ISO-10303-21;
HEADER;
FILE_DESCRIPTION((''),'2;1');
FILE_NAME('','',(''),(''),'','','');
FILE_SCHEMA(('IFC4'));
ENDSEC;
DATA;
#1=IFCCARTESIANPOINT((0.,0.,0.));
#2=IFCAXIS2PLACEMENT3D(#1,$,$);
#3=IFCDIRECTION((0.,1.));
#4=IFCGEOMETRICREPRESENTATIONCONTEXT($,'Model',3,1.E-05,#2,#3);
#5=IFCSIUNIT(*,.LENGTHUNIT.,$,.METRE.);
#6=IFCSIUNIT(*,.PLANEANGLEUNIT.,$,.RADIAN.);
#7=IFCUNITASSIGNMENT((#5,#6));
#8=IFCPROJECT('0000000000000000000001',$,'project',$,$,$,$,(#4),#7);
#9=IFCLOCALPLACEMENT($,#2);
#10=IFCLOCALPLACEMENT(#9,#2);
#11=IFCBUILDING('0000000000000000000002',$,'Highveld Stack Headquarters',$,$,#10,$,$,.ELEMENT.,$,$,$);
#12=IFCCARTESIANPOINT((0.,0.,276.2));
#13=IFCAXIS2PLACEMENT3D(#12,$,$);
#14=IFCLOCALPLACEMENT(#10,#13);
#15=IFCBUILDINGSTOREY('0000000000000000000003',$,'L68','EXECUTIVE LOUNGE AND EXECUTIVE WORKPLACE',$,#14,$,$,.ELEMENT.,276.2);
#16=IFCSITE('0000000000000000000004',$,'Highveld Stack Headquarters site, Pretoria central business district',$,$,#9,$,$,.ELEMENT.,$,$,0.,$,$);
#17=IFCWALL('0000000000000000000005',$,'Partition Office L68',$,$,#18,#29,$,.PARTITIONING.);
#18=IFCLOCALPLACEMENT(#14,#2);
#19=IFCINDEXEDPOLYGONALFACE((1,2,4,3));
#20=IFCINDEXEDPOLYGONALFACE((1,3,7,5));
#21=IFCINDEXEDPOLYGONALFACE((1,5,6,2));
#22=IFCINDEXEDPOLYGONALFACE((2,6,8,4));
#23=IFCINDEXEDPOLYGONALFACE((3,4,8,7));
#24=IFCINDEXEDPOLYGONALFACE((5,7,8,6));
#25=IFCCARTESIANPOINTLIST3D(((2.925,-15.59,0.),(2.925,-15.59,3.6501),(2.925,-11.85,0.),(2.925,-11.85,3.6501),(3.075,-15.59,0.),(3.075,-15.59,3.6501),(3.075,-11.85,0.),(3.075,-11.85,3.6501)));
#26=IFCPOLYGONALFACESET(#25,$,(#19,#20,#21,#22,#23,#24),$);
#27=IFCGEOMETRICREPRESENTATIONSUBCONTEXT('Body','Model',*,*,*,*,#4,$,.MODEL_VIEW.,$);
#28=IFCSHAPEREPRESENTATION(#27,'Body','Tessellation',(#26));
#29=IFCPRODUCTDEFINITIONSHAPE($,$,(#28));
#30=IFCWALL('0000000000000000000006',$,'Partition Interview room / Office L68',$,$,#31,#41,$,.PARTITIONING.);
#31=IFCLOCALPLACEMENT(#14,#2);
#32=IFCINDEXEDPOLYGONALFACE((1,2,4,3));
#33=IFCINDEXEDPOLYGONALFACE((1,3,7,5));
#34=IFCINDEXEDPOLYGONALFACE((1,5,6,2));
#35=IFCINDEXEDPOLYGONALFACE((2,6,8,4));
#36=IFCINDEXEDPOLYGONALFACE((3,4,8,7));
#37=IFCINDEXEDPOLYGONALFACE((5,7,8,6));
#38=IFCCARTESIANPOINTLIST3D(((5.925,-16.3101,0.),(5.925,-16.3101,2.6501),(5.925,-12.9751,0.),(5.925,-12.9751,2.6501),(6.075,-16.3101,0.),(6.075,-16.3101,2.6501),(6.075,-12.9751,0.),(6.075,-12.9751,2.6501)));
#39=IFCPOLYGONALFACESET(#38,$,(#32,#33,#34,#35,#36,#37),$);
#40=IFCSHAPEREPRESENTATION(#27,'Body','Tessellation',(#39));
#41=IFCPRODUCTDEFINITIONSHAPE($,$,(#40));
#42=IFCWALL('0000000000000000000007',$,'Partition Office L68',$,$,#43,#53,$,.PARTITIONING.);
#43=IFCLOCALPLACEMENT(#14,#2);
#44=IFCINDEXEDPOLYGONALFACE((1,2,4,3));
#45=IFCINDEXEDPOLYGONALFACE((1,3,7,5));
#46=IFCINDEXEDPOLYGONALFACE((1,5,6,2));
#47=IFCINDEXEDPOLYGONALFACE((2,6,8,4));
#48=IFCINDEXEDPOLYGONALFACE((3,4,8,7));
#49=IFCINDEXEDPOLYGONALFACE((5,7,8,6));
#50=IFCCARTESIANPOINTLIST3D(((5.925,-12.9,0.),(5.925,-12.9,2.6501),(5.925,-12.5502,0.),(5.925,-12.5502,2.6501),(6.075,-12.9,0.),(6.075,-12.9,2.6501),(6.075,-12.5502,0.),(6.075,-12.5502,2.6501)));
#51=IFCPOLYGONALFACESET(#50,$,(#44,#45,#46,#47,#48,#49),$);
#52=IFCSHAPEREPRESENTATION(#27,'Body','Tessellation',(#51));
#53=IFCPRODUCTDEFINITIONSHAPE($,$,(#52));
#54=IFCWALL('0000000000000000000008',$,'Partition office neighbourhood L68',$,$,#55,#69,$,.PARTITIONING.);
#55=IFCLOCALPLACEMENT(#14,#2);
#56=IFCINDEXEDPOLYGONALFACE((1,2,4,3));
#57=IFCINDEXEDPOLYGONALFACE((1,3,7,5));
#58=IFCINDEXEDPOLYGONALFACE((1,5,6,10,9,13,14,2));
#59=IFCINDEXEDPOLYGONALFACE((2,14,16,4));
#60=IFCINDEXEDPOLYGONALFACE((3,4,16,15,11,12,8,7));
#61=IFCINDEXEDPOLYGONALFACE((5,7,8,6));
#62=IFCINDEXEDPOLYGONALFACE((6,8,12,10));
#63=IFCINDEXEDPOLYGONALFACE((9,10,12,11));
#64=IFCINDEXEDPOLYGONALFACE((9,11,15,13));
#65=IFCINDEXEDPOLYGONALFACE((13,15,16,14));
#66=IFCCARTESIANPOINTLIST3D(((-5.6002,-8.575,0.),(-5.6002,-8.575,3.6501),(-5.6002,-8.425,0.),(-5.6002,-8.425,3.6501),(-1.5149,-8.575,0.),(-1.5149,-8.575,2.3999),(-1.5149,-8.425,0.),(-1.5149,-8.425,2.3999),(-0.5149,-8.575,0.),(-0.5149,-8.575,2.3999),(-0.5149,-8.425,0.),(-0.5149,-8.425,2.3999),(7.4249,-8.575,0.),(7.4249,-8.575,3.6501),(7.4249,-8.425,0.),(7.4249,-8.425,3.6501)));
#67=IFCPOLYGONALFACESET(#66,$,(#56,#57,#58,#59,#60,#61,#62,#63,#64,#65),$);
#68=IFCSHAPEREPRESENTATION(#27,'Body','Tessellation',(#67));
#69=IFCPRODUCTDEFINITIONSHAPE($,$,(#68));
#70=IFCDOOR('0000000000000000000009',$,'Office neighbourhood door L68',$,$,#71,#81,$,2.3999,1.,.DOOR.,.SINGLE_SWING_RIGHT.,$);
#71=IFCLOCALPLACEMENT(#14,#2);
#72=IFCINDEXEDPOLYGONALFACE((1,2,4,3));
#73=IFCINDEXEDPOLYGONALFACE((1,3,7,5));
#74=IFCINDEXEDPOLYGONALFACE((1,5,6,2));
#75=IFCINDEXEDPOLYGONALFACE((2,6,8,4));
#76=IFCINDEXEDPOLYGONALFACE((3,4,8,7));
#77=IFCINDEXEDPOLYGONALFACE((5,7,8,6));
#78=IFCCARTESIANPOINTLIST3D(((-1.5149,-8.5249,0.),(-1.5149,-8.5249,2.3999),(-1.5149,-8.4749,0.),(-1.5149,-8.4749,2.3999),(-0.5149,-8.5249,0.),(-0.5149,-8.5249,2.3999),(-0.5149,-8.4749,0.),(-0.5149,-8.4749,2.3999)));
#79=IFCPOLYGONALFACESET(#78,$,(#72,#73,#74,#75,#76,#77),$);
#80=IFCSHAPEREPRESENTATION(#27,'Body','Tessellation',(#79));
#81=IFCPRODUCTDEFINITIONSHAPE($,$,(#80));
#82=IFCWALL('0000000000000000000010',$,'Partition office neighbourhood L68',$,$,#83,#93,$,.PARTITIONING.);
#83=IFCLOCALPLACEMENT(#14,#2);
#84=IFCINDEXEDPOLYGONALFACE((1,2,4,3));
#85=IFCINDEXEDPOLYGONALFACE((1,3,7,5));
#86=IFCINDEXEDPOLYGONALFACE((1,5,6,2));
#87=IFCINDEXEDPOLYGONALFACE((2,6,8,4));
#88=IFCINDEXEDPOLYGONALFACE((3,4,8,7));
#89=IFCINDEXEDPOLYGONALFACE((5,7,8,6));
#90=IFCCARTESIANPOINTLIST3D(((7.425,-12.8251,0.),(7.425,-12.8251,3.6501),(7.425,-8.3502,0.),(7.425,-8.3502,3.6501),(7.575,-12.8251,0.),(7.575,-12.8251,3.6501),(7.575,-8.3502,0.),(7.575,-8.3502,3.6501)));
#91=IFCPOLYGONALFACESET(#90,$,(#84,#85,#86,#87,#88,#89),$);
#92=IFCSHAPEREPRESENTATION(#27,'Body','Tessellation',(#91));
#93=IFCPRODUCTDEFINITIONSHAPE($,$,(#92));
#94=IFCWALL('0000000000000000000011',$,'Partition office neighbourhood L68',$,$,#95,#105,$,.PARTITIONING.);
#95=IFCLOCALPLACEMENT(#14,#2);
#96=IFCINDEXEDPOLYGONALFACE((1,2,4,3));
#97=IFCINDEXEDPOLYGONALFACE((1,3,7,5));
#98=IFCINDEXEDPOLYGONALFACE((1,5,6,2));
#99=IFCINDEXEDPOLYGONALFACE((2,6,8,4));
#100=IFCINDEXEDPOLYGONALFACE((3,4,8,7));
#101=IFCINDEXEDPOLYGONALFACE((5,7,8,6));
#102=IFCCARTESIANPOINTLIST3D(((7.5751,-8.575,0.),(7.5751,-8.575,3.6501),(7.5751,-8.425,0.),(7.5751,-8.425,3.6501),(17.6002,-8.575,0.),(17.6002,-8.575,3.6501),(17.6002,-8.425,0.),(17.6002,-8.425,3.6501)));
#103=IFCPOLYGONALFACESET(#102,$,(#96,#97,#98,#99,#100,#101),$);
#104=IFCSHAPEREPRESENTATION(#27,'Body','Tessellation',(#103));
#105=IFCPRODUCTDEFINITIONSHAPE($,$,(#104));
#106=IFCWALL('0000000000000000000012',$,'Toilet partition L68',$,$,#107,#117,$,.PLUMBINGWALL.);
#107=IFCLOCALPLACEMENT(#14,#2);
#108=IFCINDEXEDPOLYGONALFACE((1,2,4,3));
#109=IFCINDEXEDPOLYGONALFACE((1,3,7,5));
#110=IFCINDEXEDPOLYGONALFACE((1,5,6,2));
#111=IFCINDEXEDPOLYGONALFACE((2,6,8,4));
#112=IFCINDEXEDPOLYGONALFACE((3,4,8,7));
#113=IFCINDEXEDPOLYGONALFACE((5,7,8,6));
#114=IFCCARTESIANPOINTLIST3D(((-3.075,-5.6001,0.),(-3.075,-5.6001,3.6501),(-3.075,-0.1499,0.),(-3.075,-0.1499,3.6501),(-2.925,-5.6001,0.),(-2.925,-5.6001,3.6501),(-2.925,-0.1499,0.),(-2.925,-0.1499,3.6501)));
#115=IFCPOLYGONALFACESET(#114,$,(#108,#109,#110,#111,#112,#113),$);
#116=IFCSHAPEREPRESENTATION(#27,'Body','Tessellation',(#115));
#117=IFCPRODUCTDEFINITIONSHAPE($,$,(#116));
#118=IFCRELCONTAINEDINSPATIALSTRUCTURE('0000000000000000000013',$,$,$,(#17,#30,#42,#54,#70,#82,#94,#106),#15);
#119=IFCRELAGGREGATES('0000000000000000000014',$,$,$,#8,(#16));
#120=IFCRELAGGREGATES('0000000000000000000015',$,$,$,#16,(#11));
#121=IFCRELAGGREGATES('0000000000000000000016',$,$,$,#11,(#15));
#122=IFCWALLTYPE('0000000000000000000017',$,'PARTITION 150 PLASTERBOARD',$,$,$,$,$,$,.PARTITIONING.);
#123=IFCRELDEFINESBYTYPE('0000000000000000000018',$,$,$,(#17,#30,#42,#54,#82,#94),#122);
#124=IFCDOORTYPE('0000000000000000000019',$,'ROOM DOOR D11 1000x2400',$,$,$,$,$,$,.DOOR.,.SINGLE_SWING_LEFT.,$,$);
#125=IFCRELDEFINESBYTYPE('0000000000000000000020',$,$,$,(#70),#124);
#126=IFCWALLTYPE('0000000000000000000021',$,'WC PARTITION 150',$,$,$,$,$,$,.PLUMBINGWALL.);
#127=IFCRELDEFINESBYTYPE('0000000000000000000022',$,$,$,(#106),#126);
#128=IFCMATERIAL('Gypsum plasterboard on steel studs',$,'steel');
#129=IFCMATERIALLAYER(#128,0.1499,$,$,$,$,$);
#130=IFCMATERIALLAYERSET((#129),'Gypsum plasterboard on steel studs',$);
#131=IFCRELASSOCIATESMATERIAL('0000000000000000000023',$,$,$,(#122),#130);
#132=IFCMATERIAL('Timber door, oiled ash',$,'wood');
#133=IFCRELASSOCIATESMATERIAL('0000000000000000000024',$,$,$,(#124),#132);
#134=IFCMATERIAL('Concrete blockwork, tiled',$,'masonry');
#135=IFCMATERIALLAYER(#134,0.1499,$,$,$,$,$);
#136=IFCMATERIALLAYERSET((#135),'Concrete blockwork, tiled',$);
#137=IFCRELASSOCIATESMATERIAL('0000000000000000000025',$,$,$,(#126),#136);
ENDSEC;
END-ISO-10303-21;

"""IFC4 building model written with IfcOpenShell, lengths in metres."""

from ifc_helpers import new_model, si_unit, direction, frame, frame_2d, origin, place, context, subcontext, project, spatial, rectangle, extrude, material, layer, layer_set, type_object, element, fill, save


model = new_model("IFC4")

# Units and contexts
model_context = context("Model", 3, precision=1e-05, world=origin(), true_north=direction((0.0, 1.0)))
body_context = subcontext(model_context, "Body", "Model", "MODEL_VIEW")
ifc_project = project(units=[si_unit("LENGTHUNIT", "METRE"), si_unit("PLANEANGLEUNIT", "RADIAN")], contexts=[model_context])

# Site, building, storey
site_placement = place(None, origin())
site = spatial("IfcSite", under=ifc_project, at=site_placement, Name="Highveld Stack Headquarters site, Pretoria central business district", CompositionType="ELEMENT", RefElevation=0.0)
building_placement = place(site_placement, origin())
building = spatial("IfcBuilding", under=site, at=building_placement, Name="Highveld Stack Headquarters", CompositionType="ELEMENT")
storey_placement = place(building_placement, frame((0.0, 0.0, 276.2)))
storey = spatial("IfcBuildingStorey", under=building, at=storey_placement, Name="L68", Description="EXECUTIVE LOUNGE AND EXECUTIVE WORKPLACE", CompositionType="ELEMENT", Elevation=276.2)

# Shared definitions
ifc_material_1 = material(Name="Gypsum plasterboard on steel studs", Category="steel")
ifc_layer_1 = layer(ifc_material_1, 0.1499)
ifc_layer_set_1 = layer_set([ifc_layer_1], Name="Gypsum plasterboard on steel studs")
wall_type_1 = type_object("IfcWallType", Name="PARTITION 150 PLASTERBOARD", PredefinedType="PARTITIONING", material=ifc_layer_set_1)

# Shared definitions
ifc_material_2 = material(Name="Timber door, oiled ash", Category="wood")
door_type = type_object("IfcDoorType", Name="ROOM DOOR D11 1000x2400", OperationType="SINGLE_SWING_LEFT", PredefinedType="DOOR", material=ifc_material_2)

# Walls
wall_1_placement = place(storey_placement, frame((3.0, -15.5901, 0.0), z_axis=(0.0, 0.0, 1.0), x_axis=(0.0, 1.0, 0.0)))
element("IfcWall", 1, at=wall_1_placement, inside=storey, type_object=wall_type_1, Name="Partition Office L68", PredefinedType="PARTITIONING", context=body_context, shape_type="SweptSolid", body=[
    extrude(rectangle(XDim=3.74, YDim=0.1499, at=frame_2d((1.8701, 0.0))), origin(), (0.0, 0.0, 1.0), 3.6501),
])
wall_2_placement = place(storey_placement, frame((6.0, -16.3101, 0.0), z_axis=(0.0, 0.0, 1.0), x_axis=(0.0, 1.0, 0.0)))
element("IfcWall", 2, at=wall_2_placement, inside=storey, type_object=wall_type_1, Name="Partition Interview room / Office L68", PredefinedType="PARTITIONING", context=body_context, shape_type="SweptSolid", body=[
    extrude(rectangle(XDim=3.335, YDim=0.1499, at=frame_2d((1.6675, 0.0))), origin(), (0.0, 0.0, 1.0), 2.6501),
])
wall_3_placement = place(storey_placement, frame((6.0, -12.8999, 0.0), z_axis=(0.0, 0.0, 1.0), x_axis=(0.0, 1.0, 0.0)))
element("IfcWall", 3, at=wall_3_placement, inside=storey, type_object=wall_type_1, Name="Partition Office L68", PredefinedType="PARTITIONING", context=body_context, shape_type="SweptSolid", body=[
    extrude(rectangle(XDim=0.3499, YDim=0.1499, at=frame_2d((0.1748, 0.0))), origin(), (0.0, 0.0, 1.0), 2.6501),
])

# Wall, opening, door
wall_4_placement = place(storey_placement, frame((7.425, -8.5, 0.0), z_axis=(0.0, 0.0, 1.0), x_axis=(-1.0, 0.0, 0.0)))
wall_4 = element("IfcWall", 4, at=wall_4_placement, inside=storey, type_object=wall_type_1, Name="Partition office neighbourhood L68", PredefinedType="PARTITIONING", context=body_context, shape_type="SweptSolid", body=[
    extrude(rectangle(XDim=13.0251, YDim=0.1499, at=frame_2d((6.5127, 0.0))), origin(), (0.0, 0.0, 1.0), 3.6501),
])
opening_1_placement = place(wall_4_placement, frame((7.9399, 0.0, 0.0)))
opening_1 = element("IfcOpeningElement", 5, at=opening_1_placement, cuts=wall_4, PredefinedType="OPENING", context=body_context, shape_type="SweptSolid", body=[
    extrude(rectangle(XDim=1.0, YDim=2.3999, at=frame_2d((0.5, 1.2))), frame((0.0, 0.085, 0.0), z_axis=(0.0, -1.0, 0.0), x_axis=(1.0, 0.0, 0.0)), (0.0, 0.0, 1.0), 0.1699),
])
door_1_placement = place(opening_1_placement, origin())
door_1 = element("IfcDoor", 6, at=door_1_placement, inside=storey, type_object=door_type, Name="Office neighbourhood door L68", OperationType="SINGLE_SWING_RIGHT", OverallHeight=2.3999, OverallWidth=1.0, PredefinedType="DOOR", context=body_context, shape_type="SweptSolid", body=[
    extrude(rectangle(XDim=1.0, YDim=2.3999, at=frame_2d((0.5, 1.2))), frame((0.0, 0.0249, 0.0), z_axis=(0.0, -1.0, 0.0), x_axis=(1.0, 0.0, 0.0)), (0.0, 0.0, 1.0), 0.05),
])
fill(opening_1, door_1)

# Walls
wall_5_placement = place(storey_placement, frame((7.5, -12.825, 0.0), z_axis=(0.0, 0.0, 1.0), x_axis=(0.0, 1.0, 0.0)))
element("IfcWall", 7, at=wall_5_placement, inside=storey, type_object=wall_type_1, Name="Partition office neighbourhood L68", PredefinedType="PARTITIONING", context=body_context, shape_type="SweptSolid", body=[
    extrude(rectangle(XDim=4.4749, YDim=0.1499, at=frame_2d((2.2373, 0.0))), origin(), (0.0, 0.0, 1.0), 3.6501),
])
wall_6_placement = place(storey_placement, frame((7.575, -8.5, 0.0), z_axis=(0.0, 0.0, 1.0), x_axis=(1.0, 0.0, 0.0)))
element("IfcWall", 8, at=wall_6_placement, inside=storey, type_object=wall_type_1, Name="Partition office neighbourhood L68", PredefinedType="PARTITIONING", context=body_context, shape_type="SweptSolid", body=[
    extrude(rectangle(XDim=10.0251, YDim=0.1499, at=frame_2d((5.0127, 0.0))), origin(), (0.0, 0.0, 1.0), 3.6501),
])
ifc_material_3 = material(Name="Concrete blockwork, tiled", Category="masonry")
ifc_layer_2 = layer(ifc_material_3, 0.1499)
ifc_layer_set_2 = layer_set([ifc_layer_2], Name="Concrete blockwork, tiled")
wall_type_2 = type_object("IfcWallType", Name="WC PARTITION 150", PredefinedType="PLUMBINGWALL", material=ifc_layer_set_2)
wall_7_placement = place(storey_placement, frame((-3.0, -5.6001, 0.0), z_axis=(0.0, 0.0, 1.0), x_axis=(0.0, 1.0, 0.0)))
element("IfcWall", 9, at=wall_7_placement, inside=storey, type_object=wall_type_2, Name="Toilet partition L68", PredefinedType="PLUMBINGWALL", context=body_context, shape_type="SweptSolid", body=[
    extrude(rectangle(XDim=5.4502, YDim=0.1499, at=frame_2d((2.7251, 0.0))), origin(), (0.0, 0.0, 1.0), 3.6501),
])

save(model, "model.ifc")
